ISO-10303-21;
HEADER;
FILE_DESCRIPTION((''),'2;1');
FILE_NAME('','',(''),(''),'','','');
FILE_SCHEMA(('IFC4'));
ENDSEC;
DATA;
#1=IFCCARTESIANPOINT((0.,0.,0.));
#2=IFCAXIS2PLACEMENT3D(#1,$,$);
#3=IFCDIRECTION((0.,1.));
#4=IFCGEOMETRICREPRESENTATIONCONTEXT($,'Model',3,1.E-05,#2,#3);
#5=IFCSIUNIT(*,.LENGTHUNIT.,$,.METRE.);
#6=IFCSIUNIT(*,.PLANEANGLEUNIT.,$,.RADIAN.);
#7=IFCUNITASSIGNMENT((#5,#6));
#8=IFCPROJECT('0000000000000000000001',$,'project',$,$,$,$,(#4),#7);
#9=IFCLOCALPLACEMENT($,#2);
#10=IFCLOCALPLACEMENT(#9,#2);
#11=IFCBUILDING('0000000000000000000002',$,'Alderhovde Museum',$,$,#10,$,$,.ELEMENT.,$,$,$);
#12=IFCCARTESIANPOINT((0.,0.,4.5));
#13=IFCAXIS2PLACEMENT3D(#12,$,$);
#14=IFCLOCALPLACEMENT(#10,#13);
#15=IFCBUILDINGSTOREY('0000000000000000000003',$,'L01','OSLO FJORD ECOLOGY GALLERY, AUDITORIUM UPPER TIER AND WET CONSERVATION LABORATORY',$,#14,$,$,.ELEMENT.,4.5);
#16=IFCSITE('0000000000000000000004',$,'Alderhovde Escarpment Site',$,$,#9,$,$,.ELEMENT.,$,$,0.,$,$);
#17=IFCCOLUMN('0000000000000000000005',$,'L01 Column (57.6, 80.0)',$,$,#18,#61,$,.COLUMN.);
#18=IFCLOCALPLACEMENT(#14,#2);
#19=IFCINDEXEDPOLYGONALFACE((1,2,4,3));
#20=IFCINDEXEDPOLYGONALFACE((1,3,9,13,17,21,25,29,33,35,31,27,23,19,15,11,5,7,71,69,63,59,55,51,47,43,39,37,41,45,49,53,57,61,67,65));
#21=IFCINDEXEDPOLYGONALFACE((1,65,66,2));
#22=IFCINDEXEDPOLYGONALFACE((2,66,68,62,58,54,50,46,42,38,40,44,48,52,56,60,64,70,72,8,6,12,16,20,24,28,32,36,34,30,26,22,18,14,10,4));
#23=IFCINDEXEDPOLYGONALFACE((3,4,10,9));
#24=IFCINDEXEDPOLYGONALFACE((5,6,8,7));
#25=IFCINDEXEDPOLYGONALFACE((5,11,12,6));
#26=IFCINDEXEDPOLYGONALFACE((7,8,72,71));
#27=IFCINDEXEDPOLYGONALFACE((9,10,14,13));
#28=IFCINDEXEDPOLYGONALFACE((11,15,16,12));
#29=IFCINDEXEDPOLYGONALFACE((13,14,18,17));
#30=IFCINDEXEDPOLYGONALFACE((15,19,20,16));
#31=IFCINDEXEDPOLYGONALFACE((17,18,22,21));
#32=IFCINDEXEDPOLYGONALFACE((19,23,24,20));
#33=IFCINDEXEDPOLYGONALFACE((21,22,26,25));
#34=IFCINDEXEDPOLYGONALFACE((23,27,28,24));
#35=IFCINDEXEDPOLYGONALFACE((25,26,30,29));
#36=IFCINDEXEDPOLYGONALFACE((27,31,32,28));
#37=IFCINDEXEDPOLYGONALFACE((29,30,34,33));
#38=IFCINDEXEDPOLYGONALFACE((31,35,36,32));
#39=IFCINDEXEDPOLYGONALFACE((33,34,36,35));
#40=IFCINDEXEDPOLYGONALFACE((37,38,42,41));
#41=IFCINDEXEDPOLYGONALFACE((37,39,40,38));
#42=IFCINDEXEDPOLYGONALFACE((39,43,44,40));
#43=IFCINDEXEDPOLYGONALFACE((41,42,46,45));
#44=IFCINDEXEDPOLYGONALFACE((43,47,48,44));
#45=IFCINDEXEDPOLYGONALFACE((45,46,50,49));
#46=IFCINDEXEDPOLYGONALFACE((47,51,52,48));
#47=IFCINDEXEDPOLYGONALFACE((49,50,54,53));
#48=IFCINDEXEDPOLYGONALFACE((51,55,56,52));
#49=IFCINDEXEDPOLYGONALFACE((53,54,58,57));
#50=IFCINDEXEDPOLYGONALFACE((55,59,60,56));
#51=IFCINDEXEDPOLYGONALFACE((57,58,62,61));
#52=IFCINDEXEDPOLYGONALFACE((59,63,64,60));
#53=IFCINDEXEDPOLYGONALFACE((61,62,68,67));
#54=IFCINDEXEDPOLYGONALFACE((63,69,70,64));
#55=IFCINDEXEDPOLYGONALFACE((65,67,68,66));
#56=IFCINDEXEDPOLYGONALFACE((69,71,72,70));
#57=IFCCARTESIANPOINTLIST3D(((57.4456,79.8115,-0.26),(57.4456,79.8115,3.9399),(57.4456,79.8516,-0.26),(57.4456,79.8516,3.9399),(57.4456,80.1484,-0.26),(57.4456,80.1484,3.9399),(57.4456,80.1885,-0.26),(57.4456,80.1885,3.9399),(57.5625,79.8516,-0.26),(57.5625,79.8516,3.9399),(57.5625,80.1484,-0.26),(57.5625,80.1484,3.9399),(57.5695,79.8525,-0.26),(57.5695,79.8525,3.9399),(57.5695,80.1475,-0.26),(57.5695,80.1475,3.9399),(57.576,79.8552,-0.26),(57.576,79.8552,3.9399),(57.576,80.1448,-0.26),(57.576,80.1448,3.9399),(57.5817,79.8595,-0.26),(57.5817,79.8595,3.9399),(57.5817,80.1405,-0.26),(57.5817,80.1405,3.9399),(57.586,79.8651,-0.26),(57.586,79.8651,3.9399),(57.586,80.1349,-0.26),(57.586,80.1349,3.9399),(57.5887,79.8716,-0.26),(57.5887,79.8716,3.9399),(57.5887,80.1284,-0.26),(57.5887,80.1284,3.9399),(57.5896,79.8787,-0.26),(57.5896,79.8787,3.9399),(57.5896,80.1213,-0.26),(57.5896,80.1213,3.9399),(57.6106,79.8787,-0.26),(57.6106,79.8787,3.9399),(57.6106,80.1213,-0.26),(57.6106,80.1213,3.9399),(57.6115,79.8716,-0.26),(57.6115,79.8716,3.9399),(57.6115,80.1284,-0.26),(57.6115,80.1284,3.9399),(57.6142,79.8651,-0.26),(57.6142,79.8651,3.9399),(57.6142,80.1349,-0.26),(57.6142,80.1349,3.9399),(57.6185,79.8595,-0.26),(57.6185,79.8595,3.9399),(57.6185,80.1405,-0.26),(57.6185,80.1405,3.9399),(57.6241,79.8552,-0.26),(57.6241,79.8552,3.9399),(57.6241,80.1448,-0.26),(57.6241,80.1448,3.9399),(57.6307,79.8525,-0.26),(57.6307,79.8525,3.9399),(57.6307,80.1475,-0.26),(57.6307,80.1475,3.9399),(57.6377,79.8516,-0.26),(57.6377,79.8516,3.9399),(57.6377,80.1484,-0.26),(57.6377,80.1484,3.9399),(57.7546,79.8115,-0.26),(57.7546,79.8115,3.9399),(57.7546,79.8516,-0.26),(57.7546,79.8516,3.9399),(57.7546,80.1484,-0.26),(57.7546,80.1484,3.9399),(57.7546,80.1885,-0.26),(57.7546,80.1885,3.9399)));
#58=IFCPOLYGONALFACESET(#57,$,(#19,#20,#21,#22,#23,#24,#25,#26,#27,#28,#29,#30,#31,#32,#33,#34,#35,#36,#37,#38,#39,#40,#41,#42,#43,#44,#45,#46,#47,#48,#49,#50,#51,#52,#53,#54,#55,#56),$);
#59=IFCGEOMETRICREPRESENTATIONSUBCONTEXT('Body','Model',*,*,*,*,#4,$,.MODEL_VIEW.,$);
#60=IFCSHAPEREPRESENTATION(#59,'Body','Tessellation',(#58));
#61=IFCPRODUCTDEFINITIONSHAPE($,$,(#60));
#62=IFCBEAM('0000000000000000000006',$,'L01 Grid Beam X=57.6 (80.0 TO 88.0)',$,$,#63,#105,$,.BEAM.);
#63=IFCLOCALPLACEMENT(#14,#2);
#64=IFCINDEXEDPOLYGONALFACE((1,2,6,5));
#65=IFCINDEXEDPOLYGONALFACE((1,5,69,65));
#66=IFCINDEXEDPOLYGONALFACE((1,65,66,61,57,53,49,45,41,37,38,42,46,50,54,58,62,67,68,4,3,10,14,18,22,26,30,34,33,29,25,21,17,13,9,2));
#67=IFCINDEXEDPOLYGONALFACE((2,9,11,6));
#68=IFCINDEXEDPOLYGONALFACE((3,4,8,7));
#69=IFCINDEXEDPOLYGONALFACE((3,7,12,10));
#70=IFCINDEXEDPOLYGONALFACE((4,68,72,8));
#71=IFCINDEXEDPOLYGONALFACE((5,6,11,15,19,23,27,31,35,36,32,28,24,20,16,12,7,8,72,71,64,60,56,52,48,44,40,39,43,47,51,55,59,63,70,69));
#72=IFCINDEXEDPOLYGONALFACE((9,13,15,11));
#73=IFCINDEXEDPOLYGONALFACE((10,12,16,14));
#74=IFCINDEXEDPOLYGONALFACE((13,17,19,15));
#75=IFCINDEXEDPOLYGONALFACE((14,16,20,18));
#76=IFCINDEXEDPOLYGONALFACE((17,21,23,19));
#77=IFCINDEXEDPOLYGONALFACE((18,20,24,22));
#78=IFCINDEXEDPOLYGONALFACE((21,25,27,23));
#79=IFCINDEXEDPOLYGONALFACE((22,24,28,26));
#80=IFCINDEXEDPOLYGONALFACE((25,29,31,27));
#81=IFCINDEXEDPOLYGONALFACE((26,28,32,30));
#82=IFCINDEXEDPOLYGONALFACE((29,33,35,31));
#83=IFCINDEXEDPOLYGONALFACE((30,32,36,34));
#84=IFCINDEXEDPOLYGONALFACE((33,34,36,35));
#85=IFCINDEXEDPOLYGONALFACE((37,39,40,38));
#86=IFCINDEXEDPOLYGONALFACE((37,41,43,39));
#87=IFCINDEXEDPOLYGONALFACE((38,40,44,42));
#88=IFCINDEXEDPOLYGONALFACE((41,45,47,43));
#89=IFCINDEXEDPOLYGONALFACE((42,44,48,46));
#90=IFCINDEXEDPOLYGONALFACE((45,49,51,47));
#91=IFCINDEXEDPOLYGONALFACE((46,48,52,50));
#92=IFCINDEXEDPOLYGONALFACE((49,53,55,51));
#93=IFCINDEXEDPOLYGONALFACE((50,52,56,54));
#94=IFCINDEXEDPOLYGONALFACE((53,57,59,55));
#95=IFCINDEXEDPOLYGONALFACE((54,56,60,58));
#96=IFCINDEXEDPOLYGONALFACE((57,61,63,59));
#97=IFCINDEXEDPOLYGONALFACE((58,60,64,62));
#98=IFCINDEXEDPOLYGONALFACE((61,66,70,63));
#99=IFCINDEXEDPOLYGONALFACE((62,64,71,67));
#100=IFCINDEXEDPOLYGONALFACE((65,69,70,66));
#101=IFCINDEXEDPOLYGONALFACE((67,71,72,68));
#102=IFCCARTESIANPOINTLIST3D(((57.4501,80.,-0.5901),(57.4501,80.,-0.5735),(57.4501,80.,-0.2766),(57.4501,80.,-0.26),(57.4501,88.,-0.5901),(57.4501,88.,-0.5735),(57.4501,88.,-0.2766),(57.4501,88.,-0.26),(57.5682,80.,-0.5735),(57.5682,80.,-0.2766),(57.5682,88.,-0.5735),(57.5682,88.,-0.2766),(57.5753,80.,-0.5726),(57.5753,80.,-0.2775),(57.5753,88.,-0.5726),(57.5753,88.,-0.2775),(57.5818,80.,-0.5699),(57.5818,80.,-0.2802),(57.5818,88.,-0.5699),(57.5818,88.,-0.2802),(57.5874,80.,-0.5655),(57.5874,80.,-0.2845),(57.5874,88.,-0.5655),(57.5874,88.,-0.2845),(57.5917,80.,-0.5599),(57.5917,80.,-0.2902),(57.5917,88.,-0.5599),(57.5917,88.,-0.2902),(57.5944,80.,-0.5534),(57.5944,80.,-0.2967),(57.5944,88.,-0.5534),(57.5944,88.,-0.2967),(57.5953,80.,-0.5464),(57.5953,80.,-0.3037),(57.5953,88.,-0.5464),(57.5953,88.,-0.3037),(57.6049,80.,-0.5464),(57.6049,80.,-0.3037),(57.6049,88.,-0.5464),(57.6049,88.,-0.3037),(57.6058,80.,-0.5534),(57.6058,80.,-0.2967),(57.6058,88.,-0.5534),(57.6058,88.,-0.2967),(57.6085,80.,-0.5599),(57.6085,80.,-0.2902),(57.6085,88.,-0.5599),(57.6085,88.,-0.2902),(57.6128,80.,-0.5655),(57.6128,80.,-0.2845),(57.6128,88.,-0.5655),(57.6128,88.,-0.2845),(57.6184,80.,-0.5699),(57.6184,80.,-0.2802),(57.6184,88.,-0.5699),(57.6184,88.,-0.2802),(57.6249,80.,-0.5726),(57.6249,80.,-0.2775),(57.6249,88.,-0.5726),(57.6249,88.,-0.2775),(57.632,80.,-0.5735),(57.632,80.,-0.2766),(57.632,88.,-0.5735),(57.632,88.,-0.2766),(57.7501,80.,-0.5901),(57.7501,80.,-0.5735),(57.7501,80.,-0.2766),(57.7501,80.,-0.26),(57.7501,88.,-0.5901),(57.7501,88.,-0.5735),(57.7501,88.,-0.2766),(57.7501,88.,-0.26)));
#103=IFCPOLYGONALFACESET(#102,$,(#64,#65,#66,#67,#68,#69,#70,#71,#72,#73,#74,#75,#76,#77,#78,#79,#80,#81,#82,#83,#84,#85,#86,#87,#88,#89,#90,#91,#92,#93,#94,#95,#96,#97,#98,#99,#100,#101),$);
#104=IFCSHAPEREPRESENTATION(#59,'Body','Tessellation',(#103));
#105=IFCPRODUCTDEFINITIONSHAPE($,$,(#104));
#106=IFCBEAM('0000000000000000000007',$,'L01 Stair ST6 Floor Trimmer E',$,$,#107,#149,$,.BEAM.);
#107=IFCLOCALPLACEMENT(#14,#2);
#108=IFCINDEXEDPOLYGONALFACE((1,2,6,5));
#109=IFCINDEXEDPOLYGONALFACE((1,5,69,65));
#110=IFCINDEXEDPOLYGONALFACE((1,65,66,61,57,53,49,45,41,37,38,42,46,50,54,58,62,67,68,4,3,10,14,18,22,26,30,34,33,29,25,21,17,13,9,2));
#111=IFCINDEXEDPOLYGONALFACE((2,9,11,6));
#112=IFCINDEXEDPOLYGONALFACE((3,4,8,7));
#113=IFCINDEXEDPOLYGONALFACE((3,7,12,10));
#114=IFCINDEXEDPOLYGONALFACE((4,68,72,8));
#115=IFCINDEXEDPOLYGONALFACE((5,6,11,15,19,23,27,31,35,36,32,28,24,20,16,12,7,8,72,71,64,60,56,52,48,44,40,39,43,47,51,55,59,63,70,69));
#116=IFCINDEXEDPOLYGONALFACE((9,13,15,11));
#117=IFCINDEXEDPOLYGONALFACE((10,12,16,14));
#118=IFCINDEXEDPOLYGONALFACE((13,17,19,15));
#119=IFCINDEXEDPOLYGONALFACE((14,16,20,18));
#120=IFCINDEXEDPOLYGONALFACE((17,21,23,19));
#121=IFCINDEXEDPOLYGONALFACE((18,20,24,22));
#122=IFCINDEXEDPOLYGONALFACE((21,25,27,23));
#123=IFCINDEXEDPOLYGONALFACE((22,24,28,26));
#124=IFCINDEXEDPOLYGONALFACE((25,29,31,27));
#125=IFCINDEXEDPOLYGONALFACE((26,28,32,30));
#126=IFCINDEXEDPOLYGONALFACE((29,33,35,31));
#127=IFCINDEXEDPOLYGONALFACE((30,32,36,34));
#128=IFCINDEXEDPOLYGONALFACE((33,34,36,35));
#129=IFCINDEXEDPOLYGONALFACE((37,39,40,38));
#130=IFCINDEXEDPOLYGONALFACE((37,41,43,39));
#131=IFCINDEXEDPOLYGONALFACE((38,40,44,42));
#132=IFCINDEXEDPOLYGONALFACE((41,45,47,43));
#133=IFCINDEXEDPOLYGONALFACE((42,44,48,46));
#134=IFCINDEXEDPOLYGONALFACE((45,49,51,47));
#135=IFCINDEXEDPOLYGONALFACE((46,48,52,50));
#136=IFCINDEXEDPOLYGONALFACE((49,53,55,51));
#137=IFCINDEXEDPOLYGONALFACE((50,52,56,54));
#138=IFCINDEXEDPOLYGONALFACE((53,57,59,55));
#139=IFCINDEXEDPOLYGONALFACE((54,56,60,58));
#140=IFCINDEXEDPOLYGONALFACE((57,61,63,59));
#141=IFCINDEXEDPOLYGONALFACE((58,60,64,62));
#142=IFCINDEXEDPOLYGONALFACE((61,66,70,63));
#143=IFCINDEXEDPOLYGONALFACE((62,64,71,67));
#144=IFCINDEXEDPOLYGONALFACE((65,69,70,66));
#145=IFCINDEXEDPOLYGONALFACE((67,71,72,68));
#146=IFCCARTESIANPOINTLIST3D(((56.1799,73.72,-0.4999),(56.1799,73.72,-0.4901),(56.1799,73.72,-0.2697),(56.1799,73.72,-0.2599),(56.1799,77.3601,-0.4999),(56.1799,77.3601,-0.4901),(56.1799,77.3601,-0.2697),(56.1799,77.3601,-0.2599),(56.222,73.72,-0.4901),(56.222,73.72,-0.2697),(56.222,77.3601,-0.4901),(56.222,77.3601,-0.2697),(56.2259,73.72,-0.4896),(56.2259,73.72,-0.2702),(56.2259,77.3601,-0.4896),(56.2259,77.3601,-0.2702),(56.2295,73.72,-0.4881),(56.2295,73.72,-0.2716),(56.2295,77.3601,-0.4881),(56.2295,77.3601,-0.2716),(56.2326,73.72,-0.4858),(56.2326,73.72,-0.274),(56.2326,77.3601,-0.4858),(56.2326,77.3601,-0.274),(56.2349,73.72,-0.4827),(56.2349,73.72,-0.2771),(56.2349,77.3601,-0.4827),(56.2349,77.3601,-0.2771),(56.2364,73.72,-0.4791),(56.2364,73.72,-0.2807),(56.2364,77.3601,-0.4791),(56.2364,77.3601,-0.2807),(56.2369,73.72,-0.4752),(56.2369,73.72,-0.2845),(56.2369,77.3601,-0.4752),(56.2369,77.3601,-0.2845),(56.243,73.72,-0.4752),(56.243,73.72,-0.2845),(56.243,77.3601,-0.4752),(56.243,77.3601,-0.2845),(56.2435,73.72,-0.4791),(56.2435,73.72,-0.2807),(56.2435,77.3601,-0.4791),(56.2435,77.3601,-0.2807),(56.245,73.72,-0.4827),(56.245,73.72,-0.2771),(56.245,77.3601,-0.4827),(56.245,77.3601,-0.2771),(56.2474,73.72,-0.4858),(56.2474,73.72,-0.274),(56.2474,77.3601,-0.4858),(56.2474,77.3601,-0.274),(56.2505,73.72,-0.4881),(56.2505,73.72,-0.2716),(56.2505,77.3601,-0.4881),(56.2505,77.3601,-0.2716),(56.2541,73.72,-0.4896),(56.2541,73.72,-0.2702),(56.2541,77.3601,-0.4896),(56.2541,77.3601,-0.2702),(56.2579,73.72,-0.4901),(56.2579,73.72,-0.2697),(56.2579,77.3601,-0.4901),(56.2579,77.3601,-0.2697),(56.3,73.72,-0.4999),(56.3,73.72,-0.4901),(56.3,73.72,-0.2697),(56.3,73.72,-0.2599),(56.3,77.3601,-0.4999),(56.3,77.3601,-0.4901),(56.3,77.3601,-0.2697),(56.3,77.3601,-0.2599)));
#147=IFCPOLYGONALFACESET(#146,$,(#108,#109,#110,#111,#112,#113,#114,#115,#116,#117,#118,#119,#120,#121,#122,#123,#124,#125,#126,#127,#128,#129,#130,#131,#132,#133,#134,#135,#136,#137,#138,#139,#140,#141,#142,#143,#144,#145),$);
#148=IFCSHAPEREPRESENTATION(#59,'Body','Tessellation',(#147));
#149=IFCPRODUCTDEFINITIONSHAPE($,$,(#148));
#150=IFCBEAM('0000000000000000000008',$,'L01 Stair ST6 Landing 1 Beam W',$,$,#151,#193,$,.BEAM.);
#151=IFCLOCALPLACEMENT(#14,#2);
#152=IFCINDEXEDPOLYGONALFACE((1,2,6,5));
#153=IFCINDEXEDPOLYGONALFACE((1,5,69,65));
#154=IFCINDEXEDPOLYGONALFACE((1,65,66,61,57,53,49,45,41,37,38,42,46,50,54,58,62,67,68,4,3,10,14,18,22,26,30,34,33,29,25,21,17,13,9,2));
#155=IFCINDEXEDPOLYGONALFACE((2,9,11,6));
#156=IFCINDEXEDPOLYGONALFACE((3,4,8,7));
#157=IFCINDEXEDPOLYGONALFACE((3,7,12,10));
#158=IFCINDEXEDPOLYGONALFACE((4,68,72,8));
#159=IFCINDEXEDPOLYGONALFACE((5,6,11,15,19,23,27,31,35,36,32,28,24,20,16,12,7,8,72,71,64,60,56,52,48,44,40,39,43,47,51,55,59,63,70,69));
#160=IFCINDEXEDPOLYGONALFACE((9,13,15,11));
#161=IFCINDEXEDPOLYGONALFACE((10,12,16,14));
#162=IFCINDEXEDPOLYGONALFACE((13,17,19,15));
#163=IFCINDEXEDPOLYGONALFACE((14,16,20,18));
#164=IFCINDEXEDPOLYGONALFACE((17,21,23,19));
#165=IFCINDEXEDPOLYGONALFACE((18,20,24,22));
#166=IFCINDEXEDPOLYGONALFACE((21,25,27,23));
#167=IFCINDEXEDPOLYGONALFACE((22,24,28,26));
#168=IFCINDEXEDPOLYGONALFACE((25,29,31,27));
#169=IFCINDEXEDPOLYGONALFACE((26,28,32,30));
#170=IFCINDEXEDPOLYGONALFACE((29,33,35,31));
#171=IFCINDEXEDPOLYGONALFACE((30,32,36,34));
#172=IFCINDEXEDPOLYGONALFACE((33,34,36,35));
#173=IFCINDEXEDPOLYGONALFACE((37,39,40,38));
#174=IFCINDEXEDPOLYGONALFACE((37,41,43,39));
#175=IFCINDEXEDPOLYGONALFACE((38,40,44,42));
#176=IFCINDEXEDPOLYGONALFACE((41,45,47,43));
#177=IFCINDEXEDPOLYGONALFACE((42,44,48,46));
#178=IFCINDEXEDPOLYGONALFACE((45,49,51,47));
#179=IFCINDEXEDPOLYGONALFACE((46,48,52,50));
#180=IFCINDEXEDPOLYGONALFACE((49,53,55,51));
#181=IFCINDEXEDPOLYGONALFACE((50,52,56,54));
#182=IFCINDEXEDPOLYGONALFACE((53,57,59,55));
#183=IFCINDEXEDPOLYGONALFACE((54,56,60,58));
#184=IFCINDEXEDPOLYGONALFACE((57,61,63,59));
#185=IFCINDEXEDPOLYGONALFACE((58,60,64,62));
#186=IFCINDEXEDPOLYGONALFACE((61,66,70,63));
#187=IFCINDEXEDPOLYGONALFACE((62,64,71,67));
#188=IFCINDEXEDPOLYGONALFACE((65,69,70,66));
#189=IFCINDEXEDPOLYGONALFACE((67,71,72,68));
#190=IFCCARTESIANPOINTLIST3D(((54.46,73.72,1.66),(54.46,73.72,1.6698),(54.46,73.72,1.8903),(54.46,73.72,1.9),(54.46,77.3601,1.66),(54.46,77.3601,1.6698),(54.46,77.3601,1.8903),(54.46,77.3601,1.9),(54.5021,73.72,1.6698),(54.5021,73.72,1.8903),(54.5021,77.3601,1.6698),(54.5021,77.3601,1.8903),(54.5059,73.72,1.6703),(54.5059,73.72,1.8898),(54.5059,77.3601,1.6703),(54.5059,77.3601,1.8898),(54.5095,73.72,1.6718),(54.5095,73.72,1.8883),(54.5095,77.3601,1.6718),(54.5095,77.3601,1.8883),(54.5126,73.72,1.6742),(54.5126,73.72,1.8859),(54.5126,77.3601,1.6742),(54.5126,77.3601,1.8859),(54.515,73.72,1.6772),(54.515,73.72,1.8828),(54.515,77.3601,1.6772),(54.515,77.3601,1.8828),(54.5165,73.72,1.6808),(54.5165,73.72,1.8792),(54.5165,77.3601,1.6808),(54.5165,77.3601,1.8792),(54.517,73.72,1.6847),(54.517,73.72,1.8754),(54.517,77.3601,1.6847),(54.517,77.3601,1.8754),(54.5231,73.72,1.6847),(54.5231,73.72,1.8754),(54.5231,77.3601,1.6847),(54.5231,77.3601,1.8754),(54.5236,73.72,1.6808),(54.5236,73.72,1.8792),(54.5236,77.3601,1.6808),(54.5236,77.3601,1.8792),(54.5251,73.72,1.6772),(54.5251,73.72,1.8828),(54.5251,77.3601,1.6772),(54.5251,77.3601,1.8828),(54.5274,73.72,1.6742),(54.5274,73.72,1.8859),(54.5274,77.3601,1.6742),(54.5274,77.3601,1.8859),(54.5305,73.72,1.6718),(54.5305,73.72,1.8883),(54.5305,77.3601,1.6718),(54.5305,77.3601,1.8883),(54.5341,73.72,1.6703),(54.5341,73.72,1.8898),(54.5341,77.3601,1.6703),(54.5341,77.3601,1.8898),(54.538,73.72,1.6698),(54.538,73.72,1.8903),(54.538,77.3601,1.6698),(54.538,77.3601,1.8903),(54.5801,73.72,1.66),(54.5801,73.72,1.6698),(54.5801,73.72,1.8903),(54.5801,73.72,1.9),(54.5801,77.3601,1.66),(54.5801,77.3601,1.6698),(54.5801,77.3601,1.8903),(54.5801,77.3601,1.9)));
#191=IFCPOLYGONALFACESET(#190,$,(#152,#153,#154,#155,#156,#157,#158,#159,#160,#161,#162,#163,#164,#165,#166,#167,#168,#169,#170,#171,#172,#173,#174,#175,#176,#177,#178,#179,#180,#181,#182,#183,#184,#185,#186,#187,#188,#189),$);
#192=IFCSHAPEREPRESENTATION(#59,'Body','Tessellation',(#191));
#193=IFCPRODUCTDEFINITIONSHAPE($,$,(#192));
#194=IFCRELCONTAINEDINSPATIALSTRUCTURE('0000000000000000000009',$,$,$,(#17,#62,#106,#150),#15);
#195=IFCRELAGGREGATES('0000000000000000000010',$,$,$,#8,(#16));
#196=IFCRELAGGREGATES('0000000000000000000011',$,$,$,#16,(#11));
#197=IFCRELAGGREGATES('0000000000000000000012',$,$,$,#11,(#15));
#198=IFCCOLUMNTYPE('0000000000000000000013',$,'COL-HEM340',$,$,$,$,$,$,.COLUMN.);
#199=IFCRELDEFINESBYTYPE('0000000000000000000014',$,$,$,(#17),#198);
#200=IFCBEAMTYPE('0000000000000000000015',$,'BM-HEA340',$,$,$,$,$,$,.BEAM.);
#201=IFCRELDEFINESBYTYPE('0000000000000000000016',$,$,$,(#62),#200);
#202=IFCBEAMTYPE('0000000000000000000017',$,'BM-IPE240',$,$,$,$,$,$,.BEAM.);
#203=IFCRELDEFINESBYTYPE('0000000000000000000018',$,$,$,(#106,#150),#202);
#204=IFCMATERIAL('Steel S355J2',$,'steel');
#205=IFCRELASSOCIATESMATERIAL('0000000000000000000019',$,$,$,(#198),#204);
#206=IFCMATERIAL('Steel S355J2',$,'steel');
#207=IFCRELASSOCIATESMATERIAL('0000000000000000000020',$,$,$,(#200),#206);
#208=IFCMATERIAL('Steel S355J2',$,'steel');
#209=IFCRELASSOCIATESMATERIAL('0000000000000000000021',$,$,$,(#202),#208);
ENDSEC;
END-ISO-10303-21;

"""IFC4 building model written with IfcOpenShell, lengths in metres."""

from ifc_helpers import new_model, si_unit, direction, frame, origin, origin_2d, place, context, subcontext, project, spatial, i_section, extrude, material, material_profile, profile_set, type_object, element, save


model = new_model("IFC4")

# Units and contexts
model_context = context("Model", 3, precision=1e-05, world=origin(), true_north=direction((0.0, 1.0)))
body_context = subcontext(model_context, "Body", "Model", "MODEL_VIEW")
ifc_project = project(units=[si_unit("LENGTHUNIT", "METRE"), si_unit("PLANEANGLEUNIT", "RADIAN")], contexts=[model_context])

# Site, building, storey
site_placement = place(None, origin())
site = spatial("IfcSite", under=ifc_project, at=site_placement, Name="Alderhovde Escarpment Site", CompositionType="ELEMENT", RefElevation=0.0)
building_placement = place(site_placement, origin())
building = spatial("IfcBuilding", under=site, at=building_placement, Name="Alderhovde Museum", CompositionType="ELEMENT")
storey_placement = place(building_placement, frame((0.0, 0.0, 4.5)))
storey = spatial("IfcBuildingStorey", under=building, at=storey_placement, Name="L01", Description="OSLO FJORD ECOLOGY GALLERY, AUDITORIUM UPPER TIER AND WET CONSERVATION LABORATORY", CompositionType="ELEMENT", Elevation=4.5)

# Column
ifc_material_1 = material(Name="Steel S355J2", Category="steel")
ifc_material_profile_1 = material_profile(ifc_material_1, i_section(OverallWidth=0.3091, OverallDepth=0.377, WebThickness=0.021, FlangeThickness=0.04, FilletRadius=0.0271, at=origin_2d()), Name="HEM 340")
ifc_profile_set_1 = profile_set([ifc_material_profile_1], Name="Steel S355J2")
column_type_1 = type_object("IfcColumnType", Name="COL-HEM340", PredefinedType="COLUMN", material=ifc_profile_set_1)
column_placement = place(storey_placement, frame((57.6001, 80.0, -0.26), z_axis=(0.0, 0.0, 1.0), x_axis=(1.0, 0.0, 0.0)))
element("IfcColumn", 1, at=column_placement, inside=storey, type_object=column_type_1, Name="L01 Column (57.6, 80.0)", PredefinedType="COLUMN", context=body_context, shape_type="SweptSolid", body=[
    extrude(i_section(OverallWidth=0.3091, OverallDepth=0.377, WebThickness=0.021, FlangeThickness=0.04, FilletRadius=0.0271, at=origin_2d()), origin(), (0.0, 0.0, 1.0), 4.2),
])

# Beams
ifc_material_2 = material(Name="Steel S355J2", Category="steel")
ifc_material_profile_2 = material_profile(ifc_material_2, i_section(OverallWidth=0.3, OverallDepth=0.3301, WebThickness=0.0095, FlangeThickness=0.0166, FilletRadius=0.0271, at=origin_2d()), Name="HEA 340")
ifc_profile_set_2 = profile_set([ifc_material_profile_2], Name="Steel S355J2")
beam_type_1 = type_object("IfcBeamType", Name="BM-HEA340", PredefinedType="BEAM", material=ifc_profile_set_2)
beam_1_placement = place(storey_placement, frame((57.6001, 80.0, -0.425), z_axis=(0.0, 1.0, 0.0), x_axis=(-1.0, 0.0, 0.0)))
element("IfcBeam", 2, at=beam_1_placement, inside=storey, type_object=beam_type_1, Name="L01 Grid Beam X=57.6 (80.0 TO 88.0)", PredefinedType="BEAM", context=body_context, shape_type="SweptSolid", body=[
    extrude(i_section(OverallWidth=0.3, OverallDepth=0.3301, WebThickness=0.0095, FlangeThickness=0.0166, FilletRadius=0.0271, at=origin_2d()), origin(), (0.0, 0.0, 1.0), 8.0),
])
ifc_material_3 = material(Name="Steel S355J2", Category="steel")
ifc_material_profile_3 = material_profile(ifc_material_3, i_section(OverallWidth=0.1201, OverallDepth=0.24, WebThickness=0.0061, FlangeThickness=0.0098, FilletRadius=0.0149, at=origin_2d()), Name="IPE 240")
ifc_profile_set_3 = profile_set([ifc_material_profile_3], Name="Steel S355J2")
beam_type_2 = type_object("IfcBeamType", Name="BM-IPE240", PredefinedType="BEAM", material=ifc_profile_set_3)
for number, where, z_axis, x_axis, name in (
    (3, (56.24, 73.72, -0.3799), (0.0, 1.0, 0.0), (-1.0, 0.0, 0.0), "L01 Stair ST6 Floor Trimmer E"),
    (4, (54.52, 73.72, 1.78), (0.0, 1.0, 0.0), (-1.0, 0.0, 0.0), "L01 Stair ST6 Landing 1 Beam W"),
):
    element("IfcBeam", number, at=place(storey_placement, frame(where, z_axis=z_axis, x_axis=x_axis)), inside=storey, type_object=beam_type_2, Name=name, PredefinedType="BEAM", context=body_context, shape_type="SweptSolid", body=[
        extrude(i_section(OverallWidth=0.1201, OverallDepth=0.24, WebThickness=0.0061, FlangeThickness=0.0098, FilletRadius=0.0149, at=origin_2d()), origin(), (0.0, 0.0, 1.0), 3.6401),
    ])

save(model, "model.ifc")
